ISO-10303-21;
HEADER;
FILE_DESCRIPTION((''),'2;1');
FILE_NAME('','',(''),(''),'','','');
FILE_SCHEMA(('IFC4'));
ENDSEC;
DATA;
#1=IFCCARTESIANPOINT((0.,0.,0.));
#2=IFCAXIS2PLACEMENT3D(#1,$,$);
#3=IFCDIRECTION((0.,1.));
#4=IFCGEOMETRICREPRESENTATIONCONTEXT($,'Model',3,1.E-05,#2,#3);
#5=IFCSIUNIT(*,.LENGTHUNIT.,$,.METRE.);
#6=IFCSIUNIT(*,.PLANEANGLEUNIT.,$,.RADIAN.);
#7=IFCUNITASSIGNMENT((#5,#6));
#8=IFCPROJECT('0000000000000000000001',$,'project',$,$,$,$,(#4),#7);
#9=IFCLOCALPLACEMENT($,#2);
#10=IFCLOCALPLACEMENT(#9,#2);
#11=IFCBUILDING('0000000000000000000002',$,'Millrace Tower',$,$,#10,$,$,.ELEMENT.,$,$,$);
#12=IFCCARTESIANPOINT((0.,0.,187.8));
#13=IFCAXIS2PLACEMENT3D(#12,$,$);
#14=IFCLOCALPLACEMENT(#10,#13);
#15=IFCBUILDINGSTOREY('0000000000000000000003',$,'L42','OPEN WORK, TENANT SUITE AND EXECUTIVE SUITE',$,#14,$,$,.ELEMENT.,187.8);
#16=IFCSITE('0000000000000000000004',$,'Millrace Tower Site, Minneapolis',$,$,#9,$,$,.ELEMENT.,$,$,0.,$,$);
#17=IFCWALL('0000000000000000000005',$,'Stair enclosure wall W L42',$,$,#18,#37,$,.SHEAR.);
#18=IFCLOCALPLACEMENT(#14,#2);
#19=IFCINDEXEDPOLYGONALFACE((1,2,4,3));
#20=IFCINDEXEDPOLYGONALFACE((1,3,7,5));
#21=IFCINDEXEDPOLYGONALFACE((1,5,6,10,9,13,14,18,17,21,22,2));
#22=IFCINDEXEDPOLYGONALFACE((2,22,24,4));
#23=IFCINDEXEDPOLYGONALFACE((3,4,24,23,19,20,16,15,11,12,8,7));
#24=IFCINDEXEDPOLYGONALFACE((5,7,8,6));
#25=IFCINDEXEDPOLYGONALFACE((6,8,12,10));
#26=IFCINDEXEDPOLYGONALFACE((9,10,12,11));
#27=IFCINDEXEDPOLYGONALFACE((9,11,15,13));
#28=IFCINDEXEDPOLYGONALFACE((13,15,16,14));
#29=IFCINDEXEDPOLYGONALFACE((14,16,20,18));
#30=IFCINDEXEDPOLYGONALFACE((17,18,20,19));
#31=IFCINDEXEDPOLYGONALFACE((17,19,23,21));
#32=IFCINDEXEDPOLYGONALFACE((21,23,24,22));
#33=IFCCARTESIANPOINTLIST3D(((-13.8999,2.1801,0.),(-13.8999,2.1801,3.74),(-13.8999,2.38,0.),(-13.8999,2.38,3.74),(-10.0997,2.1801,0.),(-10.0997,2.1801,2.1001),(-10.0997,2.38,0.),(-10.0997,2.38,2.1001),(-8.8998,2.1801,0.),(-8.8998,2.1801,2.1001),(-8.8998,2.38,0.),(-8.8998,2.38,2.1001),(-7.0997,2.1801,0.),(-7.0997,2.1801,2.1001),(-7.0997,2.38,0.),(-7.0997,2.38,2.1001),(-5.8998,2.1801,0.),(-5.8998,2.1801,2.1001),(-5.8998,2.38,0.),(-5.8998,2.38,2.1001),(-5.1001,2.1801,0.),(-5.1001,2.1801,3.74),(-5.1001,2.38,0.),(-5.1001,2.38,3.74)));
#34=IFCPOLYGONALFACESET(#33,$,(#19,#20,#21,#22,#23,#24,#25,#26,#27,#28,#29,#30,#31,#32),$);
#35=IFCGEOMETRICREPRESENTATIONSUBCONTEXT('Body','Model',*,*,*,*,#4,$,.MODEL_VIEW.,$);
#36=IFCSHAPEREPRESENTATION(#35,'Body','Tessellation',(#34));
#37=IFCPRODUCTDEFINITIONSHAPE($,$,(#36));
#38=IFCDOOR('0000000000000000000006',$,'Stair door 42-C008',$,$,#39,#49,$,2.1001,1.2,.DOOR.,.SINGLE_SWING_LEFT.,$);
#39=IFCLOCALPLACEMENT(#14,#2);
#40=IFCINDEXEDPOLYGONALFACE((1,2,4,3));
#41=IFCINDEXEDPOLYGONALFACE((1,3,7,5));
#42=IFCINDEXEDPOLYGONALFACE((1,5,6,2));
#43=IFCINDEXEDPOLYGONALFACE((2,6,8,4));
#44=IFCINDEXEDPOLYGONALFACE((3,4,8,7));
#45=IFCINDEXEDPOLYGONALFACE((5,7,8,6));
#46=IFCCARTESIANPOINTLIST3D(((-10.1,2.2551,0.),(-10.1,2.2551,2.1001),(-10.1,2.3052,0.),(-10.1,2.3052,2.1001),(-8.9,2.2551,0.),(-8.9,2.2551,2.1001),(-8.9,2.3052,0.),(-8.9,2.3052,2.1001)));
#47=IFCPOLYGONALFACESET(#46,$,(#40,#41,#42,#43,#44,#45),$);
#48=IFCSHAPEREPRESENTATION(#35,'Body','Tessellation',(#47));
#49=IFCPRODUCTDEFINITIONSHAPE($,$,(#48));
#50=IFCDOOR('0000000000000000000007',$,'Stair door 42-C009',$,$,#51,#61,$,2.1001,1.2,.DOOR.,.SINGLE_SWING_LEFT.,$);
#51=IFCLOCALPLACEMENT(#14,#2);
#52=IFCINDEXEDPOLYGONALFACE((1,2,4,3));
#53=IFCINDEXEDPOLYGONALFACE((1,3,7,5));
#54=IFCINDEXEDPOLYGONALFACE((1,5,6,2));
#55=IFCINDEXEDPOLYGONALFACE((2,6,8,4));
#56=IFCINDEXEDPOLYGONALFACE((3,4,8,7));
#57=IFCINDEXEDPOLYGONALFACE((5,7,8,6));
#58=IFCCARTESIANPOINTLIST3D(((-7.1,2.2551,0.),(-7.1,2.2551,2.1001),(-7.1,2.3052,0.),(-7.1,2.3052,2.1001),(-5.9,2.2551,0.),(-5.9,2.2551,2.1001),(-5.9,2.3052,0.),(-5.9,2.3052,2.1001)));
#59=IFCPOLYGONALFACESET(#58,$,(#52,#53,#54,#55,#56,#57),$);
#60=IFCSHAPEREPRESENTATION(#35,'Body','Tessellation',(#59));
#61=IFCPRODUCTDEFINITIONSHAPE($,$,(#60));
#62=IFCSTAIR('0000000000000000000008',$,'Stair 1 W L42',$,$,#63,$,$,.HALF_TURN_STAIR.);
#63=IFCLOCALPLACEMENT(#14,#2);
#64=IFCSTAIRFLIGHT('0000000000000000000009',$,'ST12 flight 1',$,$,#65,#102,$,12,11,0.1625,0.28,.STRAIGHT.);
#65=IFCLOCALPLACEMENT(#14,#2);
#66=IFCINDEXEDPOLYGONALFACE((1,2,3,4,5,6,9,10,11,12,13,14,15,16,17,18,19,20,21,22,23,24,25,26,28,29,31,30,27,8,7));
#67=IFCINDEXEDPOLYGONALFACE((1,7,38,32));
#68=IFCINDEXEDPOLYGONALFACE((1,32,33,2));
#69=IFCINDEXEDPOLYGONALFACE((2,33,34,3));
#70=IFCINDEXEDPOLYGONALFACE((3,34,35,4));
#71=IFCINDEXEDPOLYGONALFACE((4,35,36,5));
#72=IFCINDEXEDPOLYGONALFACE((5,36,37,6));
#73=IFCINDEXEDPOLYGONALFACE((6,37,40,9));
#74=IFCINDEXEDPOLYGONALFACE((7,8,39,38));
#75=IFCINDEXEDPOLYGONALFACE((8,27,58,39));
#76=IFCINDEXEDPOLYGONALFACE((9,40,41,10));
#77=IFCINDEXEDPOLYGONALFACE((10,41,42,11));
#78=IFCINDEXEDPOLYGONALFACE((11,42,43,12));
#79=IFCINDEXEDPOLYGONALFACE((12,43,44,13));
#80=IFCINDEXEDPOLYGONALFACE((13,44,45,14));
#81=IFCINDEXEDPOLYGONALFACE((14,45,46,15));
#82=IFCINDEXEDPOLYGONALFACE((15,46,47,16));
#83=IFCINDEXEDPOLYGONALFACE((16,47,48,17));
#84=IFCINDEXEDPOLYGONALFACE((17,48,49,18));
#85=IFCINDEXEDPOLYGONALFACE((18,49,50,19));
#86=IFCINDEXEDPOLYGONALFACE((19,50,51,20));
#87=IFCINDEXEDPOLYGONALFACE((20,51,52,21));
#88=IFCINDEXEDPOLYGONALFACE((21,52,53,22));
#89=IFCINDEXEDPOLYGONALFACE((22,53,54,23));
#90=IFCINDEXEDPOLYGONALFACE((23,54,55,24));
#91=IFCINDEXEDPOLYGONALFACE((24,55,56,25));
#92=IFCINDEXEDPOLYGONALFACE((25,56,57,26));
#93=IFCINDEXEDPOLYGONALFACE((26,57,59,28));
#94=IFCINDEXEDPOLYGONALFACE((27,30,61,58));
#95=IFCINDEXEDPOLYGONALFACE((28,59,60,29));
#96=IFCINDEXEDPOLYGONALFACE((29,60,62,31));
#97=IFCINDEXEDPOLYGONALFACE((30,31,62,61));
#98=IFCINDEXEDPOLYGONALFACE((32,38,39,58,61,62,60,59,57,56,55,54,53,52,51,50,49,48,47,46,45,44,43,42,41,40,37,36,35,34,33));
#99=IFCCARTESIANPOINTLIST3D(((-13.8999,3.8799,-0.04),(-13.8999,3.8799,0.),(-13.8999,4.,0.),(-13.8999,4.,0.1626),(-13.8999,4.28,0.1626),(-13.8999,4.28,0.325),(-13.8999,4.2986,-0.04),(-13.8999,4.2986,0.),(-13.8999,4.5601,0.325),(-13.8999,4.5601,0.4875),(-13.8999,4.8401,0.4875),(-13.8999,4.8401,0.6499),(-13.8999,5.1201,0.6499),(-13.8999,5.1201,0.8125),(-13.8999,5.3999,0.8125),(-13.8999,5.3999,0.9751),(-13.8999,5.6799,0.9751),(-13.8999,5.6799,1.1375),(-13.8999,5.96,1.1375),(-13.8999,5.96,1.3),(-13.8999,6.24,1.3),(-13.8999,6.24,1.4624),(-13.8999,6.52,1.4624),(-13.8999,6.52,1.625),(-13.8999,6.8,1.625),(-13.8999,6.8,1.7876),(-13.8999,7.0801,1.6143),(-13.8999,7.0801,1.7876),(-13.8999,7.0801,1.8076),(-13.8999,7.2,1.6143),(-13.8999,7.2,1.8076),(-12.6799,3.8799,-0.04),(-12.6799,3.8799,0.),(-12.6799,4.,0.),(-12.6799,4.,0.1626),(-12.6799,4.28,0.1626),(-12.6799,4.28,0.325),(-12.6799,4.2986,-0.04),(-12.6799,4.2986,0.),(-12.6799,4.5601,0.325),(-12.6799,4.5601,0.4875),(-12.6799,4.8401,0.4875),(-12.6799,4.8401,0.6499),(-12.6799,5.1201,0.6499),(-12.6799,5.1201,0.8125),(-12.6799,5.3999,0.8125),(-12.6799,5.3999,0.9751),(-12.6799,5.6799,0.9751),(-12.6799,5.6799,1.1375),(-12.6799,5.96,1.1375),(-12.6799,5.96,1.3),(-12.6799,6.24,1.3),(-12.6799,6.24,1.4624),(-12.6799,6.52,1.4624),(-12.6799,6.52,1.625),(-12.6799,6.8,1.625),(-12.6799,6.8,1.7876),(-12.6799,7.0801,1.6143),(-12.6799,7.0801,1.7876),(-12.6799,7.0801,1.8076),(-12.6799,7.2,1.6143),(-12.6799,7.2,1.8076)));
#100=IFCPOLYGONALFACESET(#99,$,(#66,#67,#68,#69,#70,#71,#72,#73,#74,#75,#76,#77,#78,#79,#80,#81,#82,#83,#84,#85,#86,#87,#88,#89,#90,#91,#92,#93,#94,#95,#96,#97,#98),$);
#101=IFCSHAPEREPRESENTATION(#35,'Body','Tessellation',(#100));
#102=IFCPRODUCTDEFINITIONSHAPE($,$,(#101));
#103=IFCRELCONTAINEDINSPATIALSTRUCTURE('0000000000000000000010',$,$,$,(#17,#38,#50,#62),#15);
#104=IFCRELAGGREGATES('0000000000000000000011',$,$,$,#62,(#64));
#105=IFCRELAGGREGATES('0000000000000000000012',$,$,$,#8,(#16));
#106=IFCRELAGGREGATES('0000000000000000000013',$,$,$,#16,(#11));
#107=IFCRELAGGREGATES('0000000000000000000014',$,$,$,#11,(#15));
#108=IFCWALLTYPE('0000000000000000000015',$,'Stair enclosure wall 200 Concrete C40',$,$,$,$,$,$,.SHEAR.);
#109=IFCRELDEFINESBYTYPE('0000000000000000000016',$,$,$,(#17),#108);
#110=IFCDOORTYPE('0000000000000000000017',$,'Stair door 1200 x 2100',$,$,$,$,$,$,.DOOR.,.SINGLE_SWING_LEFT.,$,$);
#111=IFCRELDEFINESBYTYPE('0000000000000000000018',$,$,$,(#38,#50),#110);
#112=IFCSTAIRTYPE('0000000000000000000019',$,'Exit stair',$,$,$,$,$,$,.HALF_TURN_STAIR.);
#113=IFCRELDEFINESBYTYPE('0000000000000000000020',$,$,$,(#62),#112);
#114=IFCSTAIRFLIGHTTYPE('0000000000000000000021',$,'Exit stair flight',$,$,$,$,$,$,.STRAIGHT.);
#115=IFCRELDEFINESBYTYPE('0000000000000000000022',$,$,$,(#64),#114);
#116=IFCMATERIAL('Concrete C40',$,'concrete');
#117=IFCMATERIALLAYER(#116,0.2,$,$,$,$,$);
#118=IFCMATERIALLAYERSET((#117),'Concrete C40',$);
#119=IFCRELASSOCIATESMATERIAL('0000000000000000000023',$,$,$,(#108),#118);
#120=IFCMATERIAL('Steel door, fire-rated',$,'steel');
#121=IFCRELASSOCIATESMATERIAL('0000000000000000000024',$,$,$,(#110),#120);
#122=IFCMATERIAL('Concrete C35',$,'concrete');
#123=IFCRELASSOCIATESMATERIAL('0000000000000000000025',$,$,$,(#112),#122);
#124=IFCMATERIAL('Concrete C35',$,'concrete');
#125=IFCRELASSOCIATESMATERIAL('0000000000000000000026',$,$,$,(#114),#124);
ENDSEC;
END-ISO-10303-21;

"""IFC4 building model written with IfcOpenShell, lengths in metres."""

from ifc_helpers import new_model, si_unit, direction, frame, frame_2d, origin, place, context, subcontext, project, spatial, polyline, rectangle, outline, extrude, material, layer, layer_set, type_object, element, fill, aggregate, save


model = new_model("IFC4")

# Units and contexts
model_context = context("Model", 3, precision=1e-05, world=origin(), true_north=direction((0.0, 1.0)))
body_context = subcontext(model_context, "Body", "Model", "MODEL_VIEW")
ifc_project = project(units=[si_unit("LENGTHUNIT", "METRE"), si_unit("PLANEANGLEUNIT", "RADIAN")], contexts=[model_context])

# Site, building, storey
site_placement = place(None, origin())
site = spatial("IfcSite", under=ifc_project, at=site_placement, Name="Millrace Tower Site, Minneapolis", CompositionType="ELEMENT", RefElevation=0.0)
building_placement = place(site_placement, origin())
building = spatial("IfcBuilding", under=site, at=building_placement, Name="Millrace Tower", CompositionType="ELEMENT")
storey_placement = place(building_placement, frame((0.0, 0.0, 187.8)))
storey = spatial("IfcBuildingStorey", under=building, at=storey_placement, Name="L42", Description="OPEN WORK, TENANT SUITE AND EXECUTIVE SUITE", CompositionType="ELEMENT", Elevation=187.8)

# Shared definitions
ifc_material_1 = material(Name="Concrete C40", Category="concrete")
ifc_layer_1 = layer(ifc_material_1, 0.2)
ifc_layer_set_1 = layer_set([ifc_layer_1], Name="Concrete C40")
wall_type_1 = type_object("IfcWallType", Name="Stair enclosure wall 200 Concrete C40", PredefinedType="SHEAR", material=ifc_layer_set_1)

# Wall, openings, doors
wall_1_placement = place(storey_placement, frame((-13.8999, 2.28, 0.0), z_axis=(0.0, 0.0, 1.0), x_axis=(1.0, 0.0, 0.0)))
wall_1 = element("IfcWall", 1, at=wall_1_placement, inside=storey, type_object=wall_type_1, Name="Stair enclosure wall W L42", PredefinedType="SHEAR", context=body_context, shape_type="SweptSolid", body=[
    extrude(rectangle(XDim=8.7998, YDim=0.2, at=frame_2d((4.3999, 0.0))), origin(), (0.0, 0.0, 1.0), 3.74),
])
opening_1_placement = place(wall_1_placement, frame((3.8, 0.0, 0.0)))
opening_1 = element("IfcOpeningElement", 2, at=opening_1_placement, cuts=wall_1, PredefinedType="OPENING", context=body_context, shape_type="SweptSolid", body=[
    extrude(rectangle(XDim=1.2, YDim=2.1001, at=frame_2d((0.6001, 1.05))), frame((0.0, 0.1099, 0.0), z_axis=(0.0, -1.0, 0.0), x_axis=(1.0, 0.0, 0.0)), (0.0, 0.0, 1.0), 0.22),
])
opening_2_placement = place(wall_1_placement, frame((6.8, 0.0, 0.0)))
opening_2 = element("IfcOpeningElement", 3, at=opening_2_placement, cuts=wall_1, PredefinedType="OPENING", context=body_context, shape_type="SweptSolid", body=[
    extrude(rectangle(XDim=1.2, YDim=2.1001, at=frame_2d((0.6001, 1.05))), frame((0.0, 0.1099, 0.0), z_axis=(0.0, -1.0, 0.0), x_axis=(1.0, 0.0, 0.0)), (0.0, 0.0, 1.0), 0.22),
])
ifc_material_2 = material(Name="Steel door, fire-rated", Category="steel")
door_type_1 = type_object("IfcDoorType", Name="Stair door 1200 x 2100", OperationType="SINGLE_SWING_LEFT", PredefinedType="DOOR", material=ifc_material_2)
door_1_placement = place(opening_1_placement, frame((1.2, 0.0, 0.0), z_axis=(0.0, 0.0, 1.0), x_axis=(-1.0, 0.0, 0.0)))
door_1 = element("IfcDoor", 4, at=door_1_placement, inside=storey, type_object=door_type_1, Name="Stair door 42-C008", OperationType="SINGLE_SWING_LEFT", OverallHeight=2.1001, OverallWidth=1.2, PredefinedType="DOOR", context=body_context, shape_type="SweptSolid", body=[
    extrude(rectangle(XDim=1.2, YDim=2.1001, at=frame_2d((0.6001, 1.05))), frame((0.0, 0.0249, 0.0), z_axis=(0.0, -1.0, 0.0), x_axis=(1.0, 0.0, 0.0)), (0.0, 0.0, 1.0), 0.05),
])
fill(opening_1, door_1)
door_2_placement = place(opening_2_placement, frame((1.2, 0.0, 0.0), z_axis=(0.0, 0.0, 1.0), x_axis=(-1.0, 0.0, 0.0)))
door_2 = element("IfcDoor", 5, at=door_2_placement, inside=storey, type_object=door_type_1, Name="Stair door 42-C009", OperationType="SINGLE_SWING_LEFT", OverallHeight=2.1001, OverallWidth=1.2, PredefinedType="DOOR", context=body_context, shape_type="SweptSolid", body=[
    extrude(rectangle(XDim=1.2, YDim=2.1001, at=frame_2d((0.6001, 1.05))), frame((0.0, 0.0249, 0.0), z_axis=(0.0, -1.0, 0.0), x_axis=(1.0, 0.0, 0.0)), (0.0, 0.0, 1.0), 0.05),
])
fill(opening_2, door_2)

# Stair, stair flight
ifc_material_3 = material(Name="Concrete C35", Category="concrete")
stair_type = type_object("IfcStairType", Name="Exit stair", PredefinedType="HALF_TURN_STAIR", material=ifc_material_3)
stair_placement = place(storey_placement, origin())
stair = element("IfcStair", 6, at=stair_placement, inside=storey, type_object=stair_type, Name="Stair 1 W L42", PredefinedType="HALF_TURN_STAIR")
ifc_material_4 = material(Name="Concrete C35", Category="concrete")
stair_flight_type = type_object("IfcStairFlightType", Name="Exit stair flight", PredefinedType="STRAIGHT", material=ifc_material_4)
stair_flight_placement = place(storey_placement, frame((-13.29, 4.0, 0.0), z_axis=(0.0, 0.0, 1.0), x_axis=(0.0, 1.0, 0.0)))
stair_flight = element("IfcStairFlight", 7, at=stair_flight_placement, type_object=stair_flight_type, Name="ST12 flight 1", NumberOfRisers=12, NumberOfTreads=11, PredefinedType="STRAIGHT", RiserHeight=0.1625, TreadLength=0.28, context=body_context, shape_type="SweptSolid", body=[
    extrude(outline(polyline([(-0.1201, -0.04), (-0.1201, 0.0), (0.0, 0.0), (0.0, 0.1626), (0.28, 0.1626), (0.28, 0.325), (0.5601, 0.325), (0.5601, 0.4875), (0.8401, 0.4875), (0.8401, 0.6499), (1.1201, 0.6499), (1.1201, 0.8125), (1.3999, 0.8125), (1.3999, 0.9751), (1.6799, 0.9751), (1.6799, 1.1375), (1.96, 1.1375), (1.96, 1.3), (2.24, 1.3), (2.24, 1.4624), (2.52, 1.4624), (2.52, 1.625), (2.8, 1.625), (2.8, 1.7876), (3.0801, 1.7876), (3.0801, 1.8076), (3.2, 1.8076), (3.2, 1.6143), (3.0801, 1.6143), (0.2986, 0.0), (0.2986, -0.04), (-0.1201, -0.04)])), frame((0.0, 0.6099, 0.0), z_axis=(0.0, -1.0, 0.0), x_axis=(1.0, 0.0, 0.0)), (0.0, 0.0, 1.0), 1.22),
])
aggregate(stair, [stair_flight])

save(model, "model.ifc")
